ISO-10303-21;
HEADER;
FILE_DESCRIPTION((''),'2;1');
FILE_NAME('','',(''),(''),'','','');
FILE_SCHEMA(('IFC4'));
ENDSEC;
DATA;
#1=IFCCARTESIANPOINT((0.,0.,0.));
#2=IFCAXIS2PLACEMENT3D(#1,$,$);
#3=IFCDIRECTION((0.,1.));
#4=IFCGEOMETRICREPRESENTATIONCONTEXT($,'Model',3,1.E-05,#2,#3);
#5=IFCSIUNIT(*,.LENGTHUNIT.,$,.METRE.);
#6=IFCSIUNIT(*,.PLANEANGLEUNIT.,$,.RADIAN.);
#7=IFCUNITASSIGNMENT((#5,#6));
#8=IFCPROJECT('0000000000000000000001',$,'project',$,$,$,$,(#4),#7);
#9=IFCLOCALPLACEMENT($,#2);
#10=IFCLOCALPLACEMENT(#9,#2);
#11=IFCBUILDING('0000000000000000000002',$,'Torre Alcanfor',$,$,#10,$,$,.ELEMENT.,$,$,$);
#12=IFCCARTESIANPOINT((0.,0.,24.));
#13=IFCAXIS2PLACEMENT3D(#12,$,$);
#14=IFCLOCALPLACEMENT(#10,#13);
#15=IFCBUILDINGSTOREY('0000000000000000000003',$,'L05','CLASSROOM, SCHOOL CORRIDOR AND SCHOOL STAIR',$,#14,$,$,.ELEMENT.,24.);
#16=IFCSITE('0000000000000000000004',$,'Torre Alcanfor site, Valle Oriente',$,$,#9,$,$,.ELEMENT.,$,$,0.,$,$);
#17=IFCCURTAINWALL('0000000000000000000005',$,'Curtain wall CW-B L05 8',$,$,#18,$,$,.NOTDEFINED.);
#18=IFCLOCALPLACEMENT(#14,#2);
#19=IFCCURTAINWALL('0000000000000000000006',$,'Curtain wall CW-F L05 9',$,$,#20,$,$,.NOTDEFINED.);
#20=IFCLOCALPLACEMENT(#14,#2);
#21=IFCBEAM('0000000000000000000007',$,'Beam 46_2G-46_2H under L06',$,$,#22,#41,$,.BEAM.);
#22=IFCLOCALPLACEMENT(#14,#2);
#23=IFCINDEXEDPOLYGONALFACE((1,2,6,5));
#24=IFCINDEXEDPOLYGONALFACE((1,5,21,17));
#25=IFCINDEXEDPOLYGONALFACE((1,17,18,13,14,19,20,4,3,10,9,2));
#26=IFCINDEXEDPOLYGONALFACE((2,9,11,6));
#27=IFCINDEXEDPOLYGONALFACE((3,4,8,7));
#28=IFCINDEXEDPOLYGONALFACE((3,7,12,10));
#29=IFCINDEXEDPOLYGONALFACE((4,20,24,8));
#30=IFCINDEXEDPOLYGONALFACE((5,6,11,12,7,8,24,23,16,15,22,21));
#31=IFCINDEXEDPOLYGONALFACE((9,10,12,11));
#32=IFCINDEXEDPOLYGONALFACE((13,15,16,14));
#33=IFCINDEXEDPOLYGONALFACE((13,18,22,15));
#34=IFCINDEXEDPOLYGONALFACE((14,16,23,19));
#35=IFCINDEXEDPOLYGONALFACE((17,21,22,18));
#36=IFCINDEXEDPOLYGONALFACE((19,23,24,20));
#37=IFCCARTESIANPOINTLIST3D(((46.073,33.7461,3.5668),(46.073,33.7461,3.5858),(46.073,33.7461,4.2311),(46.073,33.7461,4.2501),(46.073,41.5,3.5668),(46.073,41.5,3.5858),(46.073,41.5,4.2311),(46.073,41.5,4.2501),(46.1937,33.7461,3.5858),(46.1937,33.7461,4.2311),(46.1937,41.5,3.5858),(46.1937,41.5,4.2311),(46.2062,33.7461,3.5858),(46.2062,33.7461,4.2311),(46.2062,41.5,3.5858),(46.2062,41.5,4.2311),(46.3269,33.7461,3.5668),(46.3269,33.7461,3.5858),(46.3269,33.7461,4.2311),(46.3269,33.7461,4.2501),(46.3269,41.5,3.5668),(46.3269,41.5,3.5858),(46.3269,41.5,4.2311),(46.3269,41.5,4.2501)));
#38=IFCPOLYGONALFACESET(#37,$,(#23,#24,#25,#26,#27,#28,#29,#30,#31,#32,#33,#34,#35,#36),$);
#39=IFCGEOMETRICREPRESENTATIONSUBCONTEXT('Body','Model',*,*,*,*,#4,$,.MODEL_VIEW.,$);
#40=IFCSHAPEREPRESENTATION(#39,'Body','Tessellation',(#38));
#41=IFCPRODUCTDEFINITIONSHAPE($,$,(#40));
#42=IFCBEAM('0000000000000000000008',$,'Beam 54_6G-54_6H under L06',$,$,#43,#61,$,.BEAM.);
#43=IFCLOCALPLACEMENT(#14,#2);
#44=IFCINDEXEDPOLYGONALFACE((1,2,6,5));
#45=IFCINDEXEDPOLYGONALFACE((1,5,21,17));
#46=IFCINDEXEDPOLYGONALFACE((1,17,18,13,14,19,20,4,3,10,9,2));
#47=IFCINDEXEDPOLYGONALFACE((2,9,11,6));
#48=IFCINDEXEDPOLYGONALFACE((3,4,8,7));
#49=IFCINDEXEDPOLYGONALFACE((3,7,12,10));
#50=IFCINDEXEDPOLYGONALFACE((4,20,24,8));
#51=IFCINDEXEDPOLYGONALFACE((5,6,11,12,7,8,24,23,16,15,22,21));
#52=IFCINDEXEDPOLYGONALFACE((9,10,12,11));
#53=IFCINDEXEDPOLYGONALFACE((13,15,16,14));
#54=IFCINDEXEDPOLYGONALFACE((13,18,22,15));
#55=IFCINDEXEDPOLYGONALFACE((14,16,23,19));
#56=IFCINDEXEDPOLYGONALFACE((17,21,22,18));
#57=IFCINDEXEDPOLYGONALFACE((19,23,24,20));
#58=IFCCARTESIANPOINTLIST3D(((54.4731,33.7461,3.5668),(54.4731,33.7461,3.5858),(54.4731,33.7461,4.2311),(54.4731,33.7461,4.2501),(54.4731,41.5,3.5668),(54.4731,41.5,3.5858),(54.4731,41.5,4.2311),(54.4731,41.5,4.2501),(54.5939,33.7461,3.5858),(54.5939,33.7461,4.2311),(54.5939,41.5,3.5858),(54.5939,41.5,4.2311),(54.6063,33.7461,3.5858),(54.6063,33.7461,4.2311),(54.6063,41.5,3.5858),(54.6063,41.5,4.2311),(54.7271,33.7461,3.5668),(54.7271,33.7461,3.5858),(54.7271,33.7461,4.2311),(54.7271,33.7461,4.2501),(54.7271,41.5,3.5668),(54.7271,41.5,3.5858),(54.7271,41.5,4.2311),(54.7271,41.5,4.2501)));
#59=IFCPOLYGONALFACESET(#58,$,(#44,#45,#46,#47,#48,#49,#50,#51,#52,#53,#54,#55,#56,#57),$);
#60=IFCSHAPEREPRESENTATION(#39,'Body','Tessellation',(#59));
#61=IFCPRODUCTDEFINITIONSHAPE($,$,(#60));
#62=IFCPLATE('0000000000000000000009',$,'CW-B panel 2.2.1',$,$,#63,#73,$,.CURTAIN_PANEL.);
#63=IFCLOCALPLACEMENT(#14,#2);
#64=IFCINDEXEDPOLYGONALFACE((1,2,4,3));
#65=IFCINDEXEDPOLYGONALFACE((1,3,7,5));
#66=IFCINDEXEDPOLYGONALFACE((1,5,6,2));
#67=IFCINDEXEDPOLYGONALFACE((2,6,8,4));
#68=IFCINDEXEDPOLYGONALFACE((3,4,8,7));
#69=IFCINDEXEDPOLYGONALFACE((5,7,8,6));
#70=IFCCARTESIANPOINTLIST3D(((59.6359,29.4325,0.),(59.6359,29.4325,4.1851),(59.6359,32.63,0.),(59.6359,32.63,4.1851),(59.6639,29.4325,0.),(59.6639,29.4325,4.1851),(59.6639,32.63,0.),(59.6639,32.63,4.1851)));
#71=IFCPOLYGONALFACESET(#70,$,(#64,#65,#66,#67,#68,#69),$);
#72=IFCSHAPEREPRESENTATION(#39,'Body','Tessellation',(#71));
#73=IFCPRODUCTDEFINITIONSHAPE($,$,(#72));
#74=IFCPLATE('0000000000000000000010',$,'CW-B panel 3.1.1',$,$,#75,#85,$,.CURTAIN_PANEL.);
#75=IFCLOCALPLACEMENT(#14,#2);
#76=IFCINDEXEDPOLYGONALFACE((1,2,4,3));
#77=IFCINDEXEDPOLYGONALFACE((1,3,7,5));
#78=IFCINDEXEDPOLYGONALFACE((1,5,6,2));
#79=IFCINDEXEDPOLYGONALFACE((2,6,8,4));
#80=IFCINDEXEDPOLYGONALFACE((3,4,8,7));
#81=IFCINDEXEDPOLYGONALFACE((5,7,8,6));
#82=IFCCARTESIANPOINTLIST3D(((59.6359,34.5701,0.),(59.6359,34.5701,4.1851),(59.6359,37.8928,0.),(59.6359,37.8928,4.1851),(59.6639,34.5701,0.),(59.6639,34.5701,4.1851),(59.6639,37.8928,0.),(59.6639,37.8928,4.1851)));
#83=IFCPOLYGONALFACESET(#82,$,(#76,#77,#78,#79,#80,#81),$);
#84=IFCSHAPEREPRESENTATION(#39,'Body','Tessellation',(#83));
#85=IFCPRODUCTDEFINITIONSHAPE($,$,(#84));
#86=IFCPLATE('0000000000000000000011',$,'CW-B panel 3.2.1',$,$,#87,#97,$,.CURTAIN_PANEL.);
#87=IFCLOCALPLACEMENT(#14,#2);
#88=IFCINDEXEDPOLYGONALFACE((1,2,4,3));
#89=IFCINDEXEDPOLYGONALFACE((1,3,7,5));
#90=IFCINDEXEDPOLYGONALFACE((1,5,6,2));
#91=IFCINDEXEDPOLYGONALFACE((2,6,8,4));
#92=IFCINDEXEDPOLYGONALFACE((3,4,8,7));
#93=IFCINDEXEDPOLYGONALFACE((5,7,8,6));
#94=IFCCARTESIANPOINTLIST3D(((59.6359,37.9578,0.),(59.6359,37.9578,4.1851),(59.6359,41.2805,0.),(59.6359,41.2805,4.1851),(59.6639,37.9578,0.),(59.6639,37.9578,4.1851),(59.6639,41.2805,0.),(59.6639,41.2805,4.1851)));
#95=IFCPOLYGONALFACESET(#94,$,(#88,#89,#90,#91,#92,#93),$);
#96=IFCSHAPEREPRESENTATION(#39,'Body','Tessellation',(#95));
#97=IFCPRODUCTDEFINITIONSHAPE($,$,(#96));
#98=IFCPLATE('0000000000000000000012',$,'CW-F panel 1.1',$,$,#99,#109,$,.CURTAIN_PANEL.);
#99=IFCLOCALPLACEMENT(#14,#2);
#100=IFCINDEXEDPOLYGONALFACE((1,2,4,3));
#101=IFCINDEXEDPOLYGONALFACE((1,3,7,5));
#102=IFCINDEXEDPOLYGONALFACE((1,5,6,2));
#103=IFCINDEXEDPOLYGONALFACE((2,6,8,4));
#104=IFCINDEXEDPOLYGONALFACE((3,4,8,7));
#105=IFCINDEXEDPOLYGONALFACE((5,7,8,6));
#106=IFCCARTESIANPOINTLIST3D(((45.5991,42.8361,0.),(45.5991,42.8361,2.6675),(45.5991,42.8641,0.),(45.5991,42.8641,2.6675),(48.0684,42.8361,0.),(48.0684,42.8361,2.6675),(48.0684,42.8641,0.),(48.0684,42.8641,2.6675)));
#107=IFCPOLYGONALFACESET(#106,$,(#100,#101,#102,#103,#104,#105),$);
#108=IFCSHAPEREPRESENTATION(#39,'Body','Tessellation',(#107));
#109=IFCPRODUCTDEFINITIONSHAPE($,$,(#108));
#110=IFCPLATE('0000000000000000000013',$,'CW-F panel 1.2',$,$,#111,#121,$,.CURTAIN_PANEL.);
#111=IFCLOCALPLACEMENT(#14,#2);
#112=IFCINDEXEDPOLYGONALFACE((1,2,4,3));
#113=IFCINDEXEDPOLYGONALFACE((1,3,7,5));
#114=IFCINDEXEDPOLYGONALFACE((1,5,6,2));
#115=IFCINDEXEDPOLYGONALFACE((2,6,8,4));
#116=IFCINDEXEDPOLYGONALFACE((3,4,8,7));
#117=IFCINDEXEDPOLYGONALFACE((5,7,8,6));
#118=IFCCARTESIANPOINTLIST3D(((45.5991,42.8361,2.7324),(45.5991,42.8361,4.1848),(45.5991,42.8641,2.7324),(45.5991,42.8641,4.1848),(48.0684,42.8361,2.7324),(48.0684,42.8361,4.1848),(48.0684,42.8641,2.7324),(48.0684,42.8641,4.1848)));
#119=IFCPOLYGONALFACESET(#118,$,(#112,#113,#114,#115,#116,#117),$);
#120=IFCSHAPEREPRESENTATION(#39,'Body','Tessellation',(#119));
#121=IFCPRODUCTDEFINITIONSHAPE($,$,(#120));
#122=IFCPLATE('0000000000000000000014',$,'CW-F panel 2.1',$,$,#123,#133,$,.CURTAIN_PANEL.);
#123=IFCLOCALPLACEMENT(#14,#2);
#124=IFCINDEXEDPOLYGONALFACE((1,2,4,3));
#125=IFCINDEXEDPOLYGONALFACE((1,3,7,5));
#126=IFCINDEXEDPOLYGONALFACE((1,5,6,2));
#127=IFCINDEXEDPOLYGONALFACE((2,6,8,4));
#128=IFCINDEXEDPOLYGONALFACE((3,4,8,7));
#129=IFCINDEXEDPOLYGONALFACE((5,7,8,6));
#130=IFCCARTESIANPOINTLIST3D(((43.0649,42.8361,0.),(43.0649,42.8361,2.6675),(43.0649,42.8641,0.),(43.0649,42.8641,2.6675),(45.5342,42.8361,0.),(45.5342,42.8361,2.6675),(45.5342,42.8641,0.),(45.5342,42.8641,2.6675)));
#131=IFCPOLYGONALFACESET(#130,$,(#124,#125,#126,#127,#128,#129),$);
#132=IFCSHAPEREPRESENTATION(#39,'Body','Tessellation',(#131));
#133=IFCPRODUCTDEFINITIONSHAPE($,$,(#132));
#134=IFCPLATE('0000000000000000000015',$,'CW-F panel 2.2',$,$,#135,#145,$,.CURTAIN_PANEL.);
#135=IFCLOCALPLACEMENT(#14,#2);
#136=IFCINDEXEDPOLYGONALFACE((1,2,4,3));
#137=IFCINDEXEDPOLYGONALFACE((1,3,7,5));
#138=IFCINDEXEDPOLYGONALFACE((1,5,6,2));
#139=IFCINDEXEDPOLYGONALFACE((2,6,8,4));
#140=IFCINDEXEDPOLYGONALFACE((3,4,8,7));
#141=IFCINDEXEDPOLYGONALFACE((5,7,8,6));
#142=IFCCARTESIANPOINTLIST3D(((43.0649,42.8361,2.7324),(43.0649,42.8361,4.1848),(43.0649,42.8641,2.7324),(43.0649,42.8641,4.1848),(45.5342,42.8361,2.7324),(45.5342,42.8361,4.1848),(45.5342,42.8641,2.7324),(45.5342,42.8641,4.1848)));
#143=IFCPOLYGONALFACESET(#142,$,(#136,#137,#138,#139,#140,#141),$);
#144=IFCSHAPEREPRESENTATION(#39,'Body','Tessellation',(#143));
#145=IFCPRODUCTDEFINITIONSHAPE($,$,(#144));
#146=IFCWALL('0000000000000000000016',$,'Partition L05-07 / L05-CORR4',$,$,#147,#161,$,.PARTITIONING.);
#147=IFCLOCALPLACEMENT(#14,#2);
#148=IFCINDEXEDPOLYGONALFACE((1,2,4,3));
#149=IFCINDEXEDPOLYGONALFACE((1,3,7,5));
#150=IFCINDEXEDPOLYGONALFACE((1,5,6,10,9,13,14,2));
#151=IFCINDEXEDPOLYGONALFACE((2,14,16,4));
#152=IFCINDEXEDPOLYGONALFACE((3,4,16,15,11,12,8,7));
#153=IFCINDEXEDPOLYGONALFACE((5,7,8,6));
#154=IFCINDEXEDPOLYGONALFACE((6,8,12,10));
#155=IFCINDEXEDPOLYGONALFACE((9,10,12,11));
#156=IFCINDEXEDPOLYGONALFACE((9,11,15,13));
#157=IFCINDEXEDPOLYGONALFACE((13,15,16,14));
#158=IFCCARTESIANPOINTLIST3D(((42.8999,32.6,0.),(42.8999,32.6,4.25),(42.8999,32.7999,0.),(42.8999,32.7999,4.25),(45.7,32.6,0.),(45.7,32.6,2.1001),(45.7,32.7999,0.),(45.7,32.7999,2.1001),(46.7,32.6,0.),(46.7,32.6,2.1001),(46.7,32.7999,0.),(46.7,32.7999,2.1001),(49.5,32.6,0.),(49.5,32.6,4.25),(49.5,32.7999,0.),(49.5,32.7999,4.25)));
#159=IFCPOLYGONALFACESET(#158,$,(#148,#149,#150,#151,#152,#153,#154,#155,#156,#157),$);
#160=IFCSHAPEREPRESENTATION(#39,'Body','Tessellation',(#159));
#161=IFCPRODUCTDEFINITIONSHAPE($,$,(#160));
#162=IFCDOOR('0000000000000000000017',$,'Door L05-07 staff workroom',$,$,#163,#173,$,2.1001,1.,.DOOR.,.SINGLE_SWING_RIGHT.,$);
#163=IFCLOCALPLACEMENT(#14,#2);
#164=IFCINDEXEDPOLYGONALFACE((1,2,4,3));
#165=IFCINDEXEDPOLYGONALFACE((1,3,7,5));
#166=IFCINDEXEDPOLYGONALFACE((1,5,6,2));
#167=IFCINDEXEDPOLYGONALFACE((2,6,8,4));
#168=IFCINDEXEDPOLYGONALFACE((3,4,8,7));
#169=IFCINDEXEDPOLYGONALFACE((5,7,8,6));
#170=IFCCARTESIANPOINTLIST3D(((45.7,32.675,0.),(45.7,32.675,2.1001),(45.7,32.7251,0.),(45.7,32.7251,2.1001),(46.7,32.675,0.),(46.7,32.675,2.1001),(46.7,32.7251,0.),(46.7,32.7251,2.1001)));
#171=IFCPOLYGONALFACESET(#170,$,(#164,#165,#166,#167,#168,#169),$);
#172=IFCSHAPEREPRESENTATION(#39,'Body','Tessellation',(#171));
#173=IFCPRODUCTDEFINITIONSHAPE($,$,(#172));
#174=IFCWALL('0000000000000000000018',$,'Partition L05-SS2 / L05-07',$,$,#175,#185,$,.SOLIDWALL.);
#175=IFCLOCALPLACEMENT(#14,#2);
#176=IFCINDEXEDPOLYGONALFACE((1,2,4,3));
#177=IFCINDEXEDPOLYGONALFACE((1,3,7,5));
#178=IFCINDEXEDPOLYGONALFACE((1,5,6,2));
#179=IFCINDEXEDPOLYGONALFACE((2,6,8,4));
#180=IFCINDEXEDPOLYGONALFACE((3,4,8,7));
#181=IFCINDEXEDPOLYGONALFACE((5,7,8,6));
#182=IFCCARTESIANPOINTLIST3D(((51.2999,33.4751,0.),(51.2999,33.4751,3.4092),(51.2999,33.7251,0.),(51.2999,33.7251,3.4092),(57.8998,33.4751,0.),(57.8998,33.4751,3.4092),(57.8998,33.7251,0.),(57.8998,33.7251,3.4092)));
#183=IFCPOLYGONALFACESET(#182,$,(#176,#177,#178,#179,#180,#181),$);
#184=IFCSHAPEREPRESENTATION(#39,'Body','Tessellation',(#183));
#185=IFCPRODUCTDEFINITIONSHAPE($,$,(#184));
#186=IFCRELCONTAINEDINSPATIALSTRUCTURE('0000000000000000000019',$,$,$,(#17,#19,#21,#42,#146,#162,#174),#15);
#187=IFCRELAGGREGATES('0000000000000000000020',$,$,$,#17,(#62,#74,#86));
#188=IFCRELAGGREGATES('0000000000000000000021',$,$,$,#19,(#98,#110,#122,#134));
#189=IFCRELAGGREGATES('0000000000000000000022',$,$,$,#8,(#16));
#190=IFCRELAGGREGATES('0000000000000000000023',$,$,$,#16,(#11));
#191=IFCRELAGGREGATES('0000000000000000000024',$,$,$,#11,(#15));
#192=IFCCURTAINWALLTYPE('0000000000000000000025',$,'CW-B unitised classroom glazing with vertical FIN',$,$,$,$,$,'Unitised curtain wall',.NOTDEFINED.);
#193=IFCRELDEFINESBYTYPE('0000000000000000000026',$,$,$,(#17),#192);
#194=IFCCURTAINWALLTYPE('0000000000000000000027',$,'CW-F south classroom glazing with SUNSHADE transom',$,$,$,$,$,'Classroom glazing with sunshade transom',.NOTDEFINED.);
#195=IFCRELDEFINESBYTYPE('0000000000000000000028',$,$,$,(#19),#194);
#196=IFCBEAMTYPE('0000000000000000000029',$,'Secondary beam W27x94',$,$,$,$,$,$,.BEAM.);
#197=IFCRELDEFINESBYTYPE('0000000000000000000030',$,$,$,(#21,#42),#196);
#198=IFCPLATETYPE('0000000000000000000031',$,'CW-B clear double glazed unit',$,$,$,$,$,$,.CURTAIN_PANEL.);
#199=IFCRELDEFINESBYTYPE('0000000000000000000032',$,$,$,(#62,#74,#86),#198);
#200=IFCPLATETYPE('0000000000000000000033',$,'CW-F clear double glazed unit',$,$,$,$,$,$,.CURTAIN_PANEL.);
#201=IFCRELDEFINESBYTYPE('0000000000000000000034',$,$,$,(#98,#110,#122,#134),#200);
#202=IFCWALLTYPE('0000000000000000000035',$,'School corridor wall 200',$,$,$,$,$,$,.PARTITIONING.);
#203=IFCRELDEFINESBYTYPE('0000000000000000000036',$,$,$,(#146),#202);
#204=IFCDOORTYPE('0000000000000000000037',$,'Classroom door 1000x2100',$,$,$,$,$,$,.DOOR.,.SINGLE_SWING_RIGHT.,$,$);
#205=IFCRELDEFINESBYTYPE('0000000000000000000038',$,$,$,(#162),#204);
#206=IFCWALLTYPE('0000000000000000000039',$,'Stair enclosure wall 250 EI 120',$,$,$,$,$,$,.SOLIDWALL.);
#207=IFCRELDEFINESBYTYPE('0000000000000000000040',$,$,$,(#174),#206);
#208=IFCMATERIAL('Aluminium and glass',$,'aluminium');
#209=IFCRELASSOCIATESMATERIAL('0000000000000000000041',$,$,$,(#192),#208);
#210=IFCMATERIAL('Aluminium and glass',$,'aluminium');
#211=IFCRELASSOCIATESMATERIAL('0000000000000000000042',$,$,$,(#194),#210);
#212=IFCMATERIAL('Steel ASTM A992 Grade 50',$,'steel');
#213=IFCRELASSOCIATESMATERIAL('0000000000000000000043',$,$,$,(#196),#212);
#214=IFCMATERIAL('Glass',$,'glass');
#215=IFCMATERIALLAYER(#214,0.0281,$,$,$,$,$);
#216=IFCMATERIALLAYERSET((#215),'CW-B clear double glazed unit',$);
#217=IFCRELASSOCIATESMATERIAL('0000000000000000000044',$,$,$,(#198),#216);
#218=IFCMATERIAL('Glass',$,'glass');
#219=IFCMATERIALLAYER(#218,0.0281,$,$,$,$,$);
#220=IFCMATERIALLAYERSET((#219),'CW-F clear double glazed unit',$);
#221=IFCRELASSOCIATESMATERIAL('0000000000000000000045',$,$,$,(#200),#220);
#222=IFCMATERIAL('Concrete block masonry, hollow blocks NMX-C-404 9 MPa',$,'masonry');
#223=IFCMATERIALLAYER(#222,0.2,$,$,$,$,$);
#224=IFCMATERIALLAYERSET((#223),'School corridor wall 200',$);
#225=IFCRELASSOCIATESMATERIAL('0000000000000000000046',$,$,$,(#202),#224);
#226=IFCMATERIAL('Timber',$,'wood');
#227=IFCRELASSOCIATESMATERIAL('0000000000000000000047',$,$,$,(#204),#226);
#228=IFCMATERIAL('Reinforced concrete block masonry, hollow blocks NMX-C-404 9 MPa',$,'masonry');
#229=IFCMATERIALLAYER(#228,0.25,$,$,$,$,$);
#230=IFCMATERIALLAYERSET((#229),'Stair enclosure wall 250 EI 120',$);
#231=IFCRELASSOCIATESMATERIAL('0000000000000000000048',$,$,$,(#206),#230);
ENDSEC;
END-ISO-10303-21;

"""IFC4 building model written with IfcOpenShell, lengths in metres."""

from ifc_helpers import new_model, si_unit, direction, frame, frame_2d, origin, origin_2d, place, context, subcontext, project, spatial, rectangle, i_section, extrude, material, layer, layer_set, material_profile, profile_set, type_object, element, fill, aggregate, save


model = new_model("IFC4")

# Units and contexts
model_context = context("Model", 3, precision=1e-05, world=origin(), true_north=direction((0.0, 1.0)))
body_context = subcontext(model_context, "Body", "Model", "MODEL_VIEW")
ifc_project = project(units=[si_unit("LENGTHUNIT", "METRE"), si_unit("PLANEANGLEUNIT", "RADIAN")], contexts=[model_context])

# Site, building, storey
site_placement = place(None, origin())
site = spatial("IfcSite", under=ifc_project, at=site_placement, Name="Torre Alcanfor site, Valle Oriente", CompositionType="ELEMENT", RefElevation=0.0)
building_placement = place(site_placement, origin())
building = spatial("IfcBuilding", under=site, at=building_placement, Name="Torre Alcanfor", CompositionType="ELEMENT")
storey_placement = place(building_placement, frame((0.0, 0.0, 24.0)))
storey = spatial("IfcBuildingStorey", under=building, at=storey_placement, Name="L05", Description="CLASSROOM, SCHOOL CORRIDOR AND SCHOOL STAIR", CompositionType="ELEMENT", Elevation=24.0)

# Curtain walls
ifc_material_1 = material(Name="Aluminium and glass", Category="aluminium")
curtain_wall_type_1 = type_object("IfcCurtainWallType", Name="CW-B unitised classroom glazing with vertical FIN", ElementType="Unitised curtain wall", PredefinedType="NOTDEFINED", material=ifc_material_1)
curtain_wall_1_placement = place(storey_placement, origin())
curtain_wall_1 = element("IfcCurtainWall", 1, at=curtain_wall_1_placement, inside=storey, type_object=curtain_wall_type_1, Name="Curtain wall CW-B L05 8", PredefinedType="NOTDEFINED")
ifc_material_2 = material(Name="Aluminium and glass", Category="aluminium")
curtain_wall_type_2 = type_object("IfcCurtainWallType", Name="CW-F south classroom glazing with SUNSHADE transom", ElementType="Classroom glazing with sunshade transom", PredefinedType="NOTDEFINED", material=ifc_material_2)
curtain_wall_2_placement = place(storey_placement, origin())
curtain_wall_2 = element("IfcCurtainWall", 2, at=curtain_wall_2_placement, inside=storey, type_object=curtain_wall_type_2, Name="Curtain wall CW-F L05 9", PredefinedType="NOTDEFINED")

# Beams
ifc_material_3 = material(Name="Steel ASTM A992 Grade 50", Category="steel")
ifc_material_profile_1 = material_profile(ifc_material_3, i_section(OverallWidth=0.2539, OverallDepth=0.6833, WebThickness=0.0125, FlangeThickness=0.019, at=origin_2d()), Name="W27x94")
ifc_profile_set_1 = profile_set([ifc_material_profile_1], Name="Steel ASTM A992 Grade 50")
beam_type_1 = type_object("IfcBeamType", Name="Secondary beam W27x94", PredefinedType="BEAM", material=ifc_profile_set_1)
for number, where, z_axis, x_axis, name in (
    (3, (46.2, 33.7461, 3.9084), (0.0, 1.0, 0.0), (-1.0, 0.0, 0.0), "Beam 46_2G-46_2H under L06"),
    (4, (54.6001, 33.7461, 3.9084), (0.0, 1.0, 0.0), (-1.0, 0.0, 0.0), "Beam 54_6G-54_6H under L06"),
):
    element("IfcBeam", number, at=place(storey_placement, frame(where, z_axis=z_axis, x_axis=x_axis)), inside=storey, type_object=beam_type_1, Name=name, PredefinedType="BEAM", context=body_context, shape_type="SweptSolid", body=[
        extrude(i_section(OverallWidth=0.2539, OverallDepth=0.6833, WebThickness=0.0125, FlangeThickness=0.019, at=origin_2d()), origin(), (0.0, 0.0, 1.0), 7.7539),
    ])

# Plates
ifc_material_4 = material(Name="Glass", Category="glass")
ifc_layer_1 = layer(ifc_material_4, 0.0281)
ifc_layer_set_1 = layer_set([ifc_layer_1], Name="CW-B clear double glazed unit")
plate_type_1 = type_object("IfcPlateType", Name="CW-B clear double glazed unit", PredefinedType="CURTAIN_PANEL", material=ifc_layer_set_1)
plate_1_placement = place(storey_placement, frame((59.6499, 31.0312, 0.0), z_axis=(0.0, 0.0, 1.0), x_axis=(0.0, 1.0, 0.0)))
plate_1 = element("IfcPlate", 5, at=plate_1_placement, type_object=plate_type_1, Name="CW-B panel 2.2.1", PredefinedType="CURTAIN_PANEL", context=body_context, shape_type="SweptSolid", body=[
    extrude(rectangle(XDim=3.1975, YDim=0.0281, at=origin_2d()), origin(), (0.0, 0.0, 1.0), 4.1851),
])
plate_2_placement = place(storey_placement, frame((59.6499, 36.2314, 0.0), z_axis=(0.0, 0.0, 1.0), x_axis=(0.0, 1.0, 0.0)))
plate_2 = element("IfcPlate", 6, at=plate_2_placement, type_object=plate_type_1, Name="CW-B panel 3.1.1", PredefinedType="CURTAIN_PANEL", context=body_context, shape_type="SweptSolid", body=[
    extrude(rectangle(XDim=3.3228, YDim=0.0281, at=origin_2d()), origin(), (0.0, 0.0, 1.0), 4.1851),
])
plate_3_placement = place(storey_placement, frame((59.6499, 39.6191, 0.0), z_axis=(0.0, 0.0, 1.0), x_axis=(0.0, 1.0, 0.0)))
plate_3 = element("IfcPlate", 7, at=plate_3_placement, type_object=plate_type_1, Name="CW-B panel 3.2.1", PredefinedType="CURTAIN_PANEL", context=body_context, shape_type="SweptSolid", body=[
    extrude(rectangle(XDim=3.3228, YDim=0.0281, at=origin_2d()), origin(), (0.0, 0.0, 1.0), 4.1851),
])
aggregate(curtain_wall_1, [plate_1, plate_2, plate_3])
ifc_material_5 = material(Name="Glass", Category="glass")
ifc_layer_2 = layer(ifc_material_5, 0.0281)
ifc_layer_set_2 = layer_set([ifc_layer_2], Name="CW-F clear double glazed unit")
plate_type_2 = type_object("IfcPlateType", Name="CW-F clear double glazed unit", PredefinedType="CURTAIN_PANEL", material=ifc_layer_set_2)
plate_4_placement = place(storey_placement, frame((46.8337, 42.8501, 0.0), z_axis=(0.0, 0.0, 1.0), x_axis=(-1.0, 0.0, 0.0)))
plate_4 = element("IfcPlate", 8, at=plate_4_placement, type_object=plate_type_2, Name="CW-F panel 1.1", PredefinedType="CURTAIN_PANEL", context=body_context, shape_type="SweptSolid", body=[
    extrude(rectangle(XDim=2.4692, YDim=0.0281, at=origin_2d()), origin(), (0.0, 0.0, 1.0), 2.6675),
])
plate_5_placement = place(storey_placement, frame((46.8337, 42.8501, 2.7324), z_axis=(0.0, 0.0, 1.0), x_axis=(-1.0, 0.0, 0.0)))
plate_5 = element("IfcPlate", 9, at=plate_5_placement, type_object=plate_type_2, Name="CW-F panel 1.2", PredefinedType="CURTAIN_PANEL", context=body_context, shape_type="SweptSolid", body=[
    extrude(rectangle(XDim=2.4692, YDim=0.0281, at=origin_2d()), origin(), (0.0, 0.0, 1.0), 1.4524),
])
plate_6_placement = place(storey_placement, frame((44.2996, 42.8501, 0.0), z_axis=(0.0, 0.0, 1.0), x_axis=(-1.0, 0.0, 0.0)))
plate_6 = element("IfcPlate", 10, at=plate_6_placement, type_object=plate_type_2, Name="CW-F panel 2.1", PredefinedType="CURTAIN_PANEL", context=body_context, shape_type="SweptSolid", body=[
    extrude(rectangle(XDim=2.4692, YDim=0.0281, at=origin_2d()), origin(), (0.0, 0.0, 1.0), 2.6675),
])
plate_7_placement = place(storey_placement, frame((44.2996, 42.8501, 2.7324), z_axis=(0.0, 0.0, 1.0), x_axis=(-1.0, 0.0, 0.0)))
plate_7 = element("IfcPlate", 11, at=plate_7_placement, type_object=plate_type_2, Name="CW-F panel 2.2", PredefinedType="CURTAIN_PANEL", context=body_context, shape_type="SweptSolid", body=[
    extrude(rectangle(XDim=2.4692, YDim=0.0281, at=origin_2d()), origin(), (0.0, 0.0, 1.0), 1.4524),
])
aggregate(curtain_wall_2, [plate_4, plate_5, plate_6, plate_7])

# Wall, opening, door
ifc_material_6 = material(Name="Concrete block masonry, hollow blocks NMX-C-404 9 MPa", Category="masonry")
ifc_layer_3 = layer(ifc_material_6, 0.2)
ifc_layer_set_3 = layer_set([ifc_layer_3], Name="School corridor wall 200")
wall_type_1 = type_object("IfcWallType", Name="School corridor wall 200", PredefinedType="PARTITIONING", material=ifc_layer_set_3)
wall_1_placement = place(storey_placement, frame((49.5, 32.7, 0.0), z_axis=(0.0, 0.0, 1.0), x_axis=(-1.0, 0.0, 0.0)))
wall_1 = element("IfcWall", 12, at=wall_1_placement, inside=storey, type_object=wall_type_1, Name="Partition L05-07 / L05-CORR4", PredefinedType="PARTITIONING", context=body_context, shape_type="SweptSolid", body=[
    extrude(rectangle(XDim=6.6001, YDim=0.2, at=frame_2d((3.3, 0.0))), origin(), (0.0, 0.0, 1.0), 4.25),
])
opening_placement = place(wall_1_placement, frame((2.8, 0.0, 0.0)))
opening = element("IfcOpeningElement", 13, at=opening_placement, cuts=wall_1, PredefinedType="OPENING", context=body_context, shape_type="SweptSolid", body=[
    extrude(rectangle(XDim=1.0, YDim=2.1001, at=frame_2d((0.5, 1.05))), frame((0.0, 0.1099, 0.0), z_axis=(0.0, -1.0, 0.0), x_axis=(1.0, 0.0, 0.0)), (0.0, 0.0, 1.0), 0.22),
])
ifc_material_7 = material(Name="Timber", Category="wood")
door_type = type_object("IfcDoorType", Name="Classroom door 1000x2100", OperationType="SINGLE_SWING_RIGHT", PredefinedType="DOOR", material=ifc_material_7)
door_placement = place(opening_placement, frame((1.0, 0.0, 0.0), z_axis=(0.0, 0.0, 1.0), x_axis=(-1.0, 0.0, 0.0)))
door = element("IfcDoor", 14, at=door_placement, inside=storey, type_object=door_type, Name="Door L05-07 staff workroom", OperationType="SINGLE_SWING_RIGHT", OverallHeight=2.1001, OverallWidth=1.0, PredefinedType="DOOR", context=body_context, shape_type="SweptSolid", body=[
    extrude(rectangle(XDim=1.0, YDim=2.1001, at=frame_2d((0.5, 1.05))), frame((0.0, 0.0251, 0.0), z_axis=(0.0, -1.0, 0.0), x_axis=(1.0, 0.0, 0.0)), (0.0, 0.0, 1.0), 0.05),
])
fill(opening, door)

# Wall
ifc_material_8 = material(Name="Reinforced concrete block masonry, hollow blocks NMX-C-404 9 MPa", Category="masonry")
ifc_layer_4 = layer(ifc_material_8, 0.25)
ifc_layer_set_4 = layer_set([ifc_layer_4], Name="Stair enclosure wall 250 EI 120")
wall_type_2 = type_object("IfcWallType", Name="Stair enclosure wall 250 EI 120", PredefinedType="SOLIDWALL", material=ifc_layer_set_4)
wall_2_placement = place(storey_placement, frame((51.3, 33.6001, 0.0), z_axis=(0.0, 0.0, 1.0), x_axis=(1.0, 0.0, 0.0)))
element("IfcWall", 15, at=wall_2_placement, inside=storey, type_object=wall_type_2, Name="Partition L05-SS2 / L05-07", PredefinedType="SOLIDWALL", context=body_context, shape_type="SweptSolid", body=[
    extrude(rectangle(XDim=6.5999, YDim=0.25, at=frame_2d((3.2998, 0.0))), origin(), (0.0, 0.0, 1.0), 3.4092),
])

save(model, "model.ifc")
